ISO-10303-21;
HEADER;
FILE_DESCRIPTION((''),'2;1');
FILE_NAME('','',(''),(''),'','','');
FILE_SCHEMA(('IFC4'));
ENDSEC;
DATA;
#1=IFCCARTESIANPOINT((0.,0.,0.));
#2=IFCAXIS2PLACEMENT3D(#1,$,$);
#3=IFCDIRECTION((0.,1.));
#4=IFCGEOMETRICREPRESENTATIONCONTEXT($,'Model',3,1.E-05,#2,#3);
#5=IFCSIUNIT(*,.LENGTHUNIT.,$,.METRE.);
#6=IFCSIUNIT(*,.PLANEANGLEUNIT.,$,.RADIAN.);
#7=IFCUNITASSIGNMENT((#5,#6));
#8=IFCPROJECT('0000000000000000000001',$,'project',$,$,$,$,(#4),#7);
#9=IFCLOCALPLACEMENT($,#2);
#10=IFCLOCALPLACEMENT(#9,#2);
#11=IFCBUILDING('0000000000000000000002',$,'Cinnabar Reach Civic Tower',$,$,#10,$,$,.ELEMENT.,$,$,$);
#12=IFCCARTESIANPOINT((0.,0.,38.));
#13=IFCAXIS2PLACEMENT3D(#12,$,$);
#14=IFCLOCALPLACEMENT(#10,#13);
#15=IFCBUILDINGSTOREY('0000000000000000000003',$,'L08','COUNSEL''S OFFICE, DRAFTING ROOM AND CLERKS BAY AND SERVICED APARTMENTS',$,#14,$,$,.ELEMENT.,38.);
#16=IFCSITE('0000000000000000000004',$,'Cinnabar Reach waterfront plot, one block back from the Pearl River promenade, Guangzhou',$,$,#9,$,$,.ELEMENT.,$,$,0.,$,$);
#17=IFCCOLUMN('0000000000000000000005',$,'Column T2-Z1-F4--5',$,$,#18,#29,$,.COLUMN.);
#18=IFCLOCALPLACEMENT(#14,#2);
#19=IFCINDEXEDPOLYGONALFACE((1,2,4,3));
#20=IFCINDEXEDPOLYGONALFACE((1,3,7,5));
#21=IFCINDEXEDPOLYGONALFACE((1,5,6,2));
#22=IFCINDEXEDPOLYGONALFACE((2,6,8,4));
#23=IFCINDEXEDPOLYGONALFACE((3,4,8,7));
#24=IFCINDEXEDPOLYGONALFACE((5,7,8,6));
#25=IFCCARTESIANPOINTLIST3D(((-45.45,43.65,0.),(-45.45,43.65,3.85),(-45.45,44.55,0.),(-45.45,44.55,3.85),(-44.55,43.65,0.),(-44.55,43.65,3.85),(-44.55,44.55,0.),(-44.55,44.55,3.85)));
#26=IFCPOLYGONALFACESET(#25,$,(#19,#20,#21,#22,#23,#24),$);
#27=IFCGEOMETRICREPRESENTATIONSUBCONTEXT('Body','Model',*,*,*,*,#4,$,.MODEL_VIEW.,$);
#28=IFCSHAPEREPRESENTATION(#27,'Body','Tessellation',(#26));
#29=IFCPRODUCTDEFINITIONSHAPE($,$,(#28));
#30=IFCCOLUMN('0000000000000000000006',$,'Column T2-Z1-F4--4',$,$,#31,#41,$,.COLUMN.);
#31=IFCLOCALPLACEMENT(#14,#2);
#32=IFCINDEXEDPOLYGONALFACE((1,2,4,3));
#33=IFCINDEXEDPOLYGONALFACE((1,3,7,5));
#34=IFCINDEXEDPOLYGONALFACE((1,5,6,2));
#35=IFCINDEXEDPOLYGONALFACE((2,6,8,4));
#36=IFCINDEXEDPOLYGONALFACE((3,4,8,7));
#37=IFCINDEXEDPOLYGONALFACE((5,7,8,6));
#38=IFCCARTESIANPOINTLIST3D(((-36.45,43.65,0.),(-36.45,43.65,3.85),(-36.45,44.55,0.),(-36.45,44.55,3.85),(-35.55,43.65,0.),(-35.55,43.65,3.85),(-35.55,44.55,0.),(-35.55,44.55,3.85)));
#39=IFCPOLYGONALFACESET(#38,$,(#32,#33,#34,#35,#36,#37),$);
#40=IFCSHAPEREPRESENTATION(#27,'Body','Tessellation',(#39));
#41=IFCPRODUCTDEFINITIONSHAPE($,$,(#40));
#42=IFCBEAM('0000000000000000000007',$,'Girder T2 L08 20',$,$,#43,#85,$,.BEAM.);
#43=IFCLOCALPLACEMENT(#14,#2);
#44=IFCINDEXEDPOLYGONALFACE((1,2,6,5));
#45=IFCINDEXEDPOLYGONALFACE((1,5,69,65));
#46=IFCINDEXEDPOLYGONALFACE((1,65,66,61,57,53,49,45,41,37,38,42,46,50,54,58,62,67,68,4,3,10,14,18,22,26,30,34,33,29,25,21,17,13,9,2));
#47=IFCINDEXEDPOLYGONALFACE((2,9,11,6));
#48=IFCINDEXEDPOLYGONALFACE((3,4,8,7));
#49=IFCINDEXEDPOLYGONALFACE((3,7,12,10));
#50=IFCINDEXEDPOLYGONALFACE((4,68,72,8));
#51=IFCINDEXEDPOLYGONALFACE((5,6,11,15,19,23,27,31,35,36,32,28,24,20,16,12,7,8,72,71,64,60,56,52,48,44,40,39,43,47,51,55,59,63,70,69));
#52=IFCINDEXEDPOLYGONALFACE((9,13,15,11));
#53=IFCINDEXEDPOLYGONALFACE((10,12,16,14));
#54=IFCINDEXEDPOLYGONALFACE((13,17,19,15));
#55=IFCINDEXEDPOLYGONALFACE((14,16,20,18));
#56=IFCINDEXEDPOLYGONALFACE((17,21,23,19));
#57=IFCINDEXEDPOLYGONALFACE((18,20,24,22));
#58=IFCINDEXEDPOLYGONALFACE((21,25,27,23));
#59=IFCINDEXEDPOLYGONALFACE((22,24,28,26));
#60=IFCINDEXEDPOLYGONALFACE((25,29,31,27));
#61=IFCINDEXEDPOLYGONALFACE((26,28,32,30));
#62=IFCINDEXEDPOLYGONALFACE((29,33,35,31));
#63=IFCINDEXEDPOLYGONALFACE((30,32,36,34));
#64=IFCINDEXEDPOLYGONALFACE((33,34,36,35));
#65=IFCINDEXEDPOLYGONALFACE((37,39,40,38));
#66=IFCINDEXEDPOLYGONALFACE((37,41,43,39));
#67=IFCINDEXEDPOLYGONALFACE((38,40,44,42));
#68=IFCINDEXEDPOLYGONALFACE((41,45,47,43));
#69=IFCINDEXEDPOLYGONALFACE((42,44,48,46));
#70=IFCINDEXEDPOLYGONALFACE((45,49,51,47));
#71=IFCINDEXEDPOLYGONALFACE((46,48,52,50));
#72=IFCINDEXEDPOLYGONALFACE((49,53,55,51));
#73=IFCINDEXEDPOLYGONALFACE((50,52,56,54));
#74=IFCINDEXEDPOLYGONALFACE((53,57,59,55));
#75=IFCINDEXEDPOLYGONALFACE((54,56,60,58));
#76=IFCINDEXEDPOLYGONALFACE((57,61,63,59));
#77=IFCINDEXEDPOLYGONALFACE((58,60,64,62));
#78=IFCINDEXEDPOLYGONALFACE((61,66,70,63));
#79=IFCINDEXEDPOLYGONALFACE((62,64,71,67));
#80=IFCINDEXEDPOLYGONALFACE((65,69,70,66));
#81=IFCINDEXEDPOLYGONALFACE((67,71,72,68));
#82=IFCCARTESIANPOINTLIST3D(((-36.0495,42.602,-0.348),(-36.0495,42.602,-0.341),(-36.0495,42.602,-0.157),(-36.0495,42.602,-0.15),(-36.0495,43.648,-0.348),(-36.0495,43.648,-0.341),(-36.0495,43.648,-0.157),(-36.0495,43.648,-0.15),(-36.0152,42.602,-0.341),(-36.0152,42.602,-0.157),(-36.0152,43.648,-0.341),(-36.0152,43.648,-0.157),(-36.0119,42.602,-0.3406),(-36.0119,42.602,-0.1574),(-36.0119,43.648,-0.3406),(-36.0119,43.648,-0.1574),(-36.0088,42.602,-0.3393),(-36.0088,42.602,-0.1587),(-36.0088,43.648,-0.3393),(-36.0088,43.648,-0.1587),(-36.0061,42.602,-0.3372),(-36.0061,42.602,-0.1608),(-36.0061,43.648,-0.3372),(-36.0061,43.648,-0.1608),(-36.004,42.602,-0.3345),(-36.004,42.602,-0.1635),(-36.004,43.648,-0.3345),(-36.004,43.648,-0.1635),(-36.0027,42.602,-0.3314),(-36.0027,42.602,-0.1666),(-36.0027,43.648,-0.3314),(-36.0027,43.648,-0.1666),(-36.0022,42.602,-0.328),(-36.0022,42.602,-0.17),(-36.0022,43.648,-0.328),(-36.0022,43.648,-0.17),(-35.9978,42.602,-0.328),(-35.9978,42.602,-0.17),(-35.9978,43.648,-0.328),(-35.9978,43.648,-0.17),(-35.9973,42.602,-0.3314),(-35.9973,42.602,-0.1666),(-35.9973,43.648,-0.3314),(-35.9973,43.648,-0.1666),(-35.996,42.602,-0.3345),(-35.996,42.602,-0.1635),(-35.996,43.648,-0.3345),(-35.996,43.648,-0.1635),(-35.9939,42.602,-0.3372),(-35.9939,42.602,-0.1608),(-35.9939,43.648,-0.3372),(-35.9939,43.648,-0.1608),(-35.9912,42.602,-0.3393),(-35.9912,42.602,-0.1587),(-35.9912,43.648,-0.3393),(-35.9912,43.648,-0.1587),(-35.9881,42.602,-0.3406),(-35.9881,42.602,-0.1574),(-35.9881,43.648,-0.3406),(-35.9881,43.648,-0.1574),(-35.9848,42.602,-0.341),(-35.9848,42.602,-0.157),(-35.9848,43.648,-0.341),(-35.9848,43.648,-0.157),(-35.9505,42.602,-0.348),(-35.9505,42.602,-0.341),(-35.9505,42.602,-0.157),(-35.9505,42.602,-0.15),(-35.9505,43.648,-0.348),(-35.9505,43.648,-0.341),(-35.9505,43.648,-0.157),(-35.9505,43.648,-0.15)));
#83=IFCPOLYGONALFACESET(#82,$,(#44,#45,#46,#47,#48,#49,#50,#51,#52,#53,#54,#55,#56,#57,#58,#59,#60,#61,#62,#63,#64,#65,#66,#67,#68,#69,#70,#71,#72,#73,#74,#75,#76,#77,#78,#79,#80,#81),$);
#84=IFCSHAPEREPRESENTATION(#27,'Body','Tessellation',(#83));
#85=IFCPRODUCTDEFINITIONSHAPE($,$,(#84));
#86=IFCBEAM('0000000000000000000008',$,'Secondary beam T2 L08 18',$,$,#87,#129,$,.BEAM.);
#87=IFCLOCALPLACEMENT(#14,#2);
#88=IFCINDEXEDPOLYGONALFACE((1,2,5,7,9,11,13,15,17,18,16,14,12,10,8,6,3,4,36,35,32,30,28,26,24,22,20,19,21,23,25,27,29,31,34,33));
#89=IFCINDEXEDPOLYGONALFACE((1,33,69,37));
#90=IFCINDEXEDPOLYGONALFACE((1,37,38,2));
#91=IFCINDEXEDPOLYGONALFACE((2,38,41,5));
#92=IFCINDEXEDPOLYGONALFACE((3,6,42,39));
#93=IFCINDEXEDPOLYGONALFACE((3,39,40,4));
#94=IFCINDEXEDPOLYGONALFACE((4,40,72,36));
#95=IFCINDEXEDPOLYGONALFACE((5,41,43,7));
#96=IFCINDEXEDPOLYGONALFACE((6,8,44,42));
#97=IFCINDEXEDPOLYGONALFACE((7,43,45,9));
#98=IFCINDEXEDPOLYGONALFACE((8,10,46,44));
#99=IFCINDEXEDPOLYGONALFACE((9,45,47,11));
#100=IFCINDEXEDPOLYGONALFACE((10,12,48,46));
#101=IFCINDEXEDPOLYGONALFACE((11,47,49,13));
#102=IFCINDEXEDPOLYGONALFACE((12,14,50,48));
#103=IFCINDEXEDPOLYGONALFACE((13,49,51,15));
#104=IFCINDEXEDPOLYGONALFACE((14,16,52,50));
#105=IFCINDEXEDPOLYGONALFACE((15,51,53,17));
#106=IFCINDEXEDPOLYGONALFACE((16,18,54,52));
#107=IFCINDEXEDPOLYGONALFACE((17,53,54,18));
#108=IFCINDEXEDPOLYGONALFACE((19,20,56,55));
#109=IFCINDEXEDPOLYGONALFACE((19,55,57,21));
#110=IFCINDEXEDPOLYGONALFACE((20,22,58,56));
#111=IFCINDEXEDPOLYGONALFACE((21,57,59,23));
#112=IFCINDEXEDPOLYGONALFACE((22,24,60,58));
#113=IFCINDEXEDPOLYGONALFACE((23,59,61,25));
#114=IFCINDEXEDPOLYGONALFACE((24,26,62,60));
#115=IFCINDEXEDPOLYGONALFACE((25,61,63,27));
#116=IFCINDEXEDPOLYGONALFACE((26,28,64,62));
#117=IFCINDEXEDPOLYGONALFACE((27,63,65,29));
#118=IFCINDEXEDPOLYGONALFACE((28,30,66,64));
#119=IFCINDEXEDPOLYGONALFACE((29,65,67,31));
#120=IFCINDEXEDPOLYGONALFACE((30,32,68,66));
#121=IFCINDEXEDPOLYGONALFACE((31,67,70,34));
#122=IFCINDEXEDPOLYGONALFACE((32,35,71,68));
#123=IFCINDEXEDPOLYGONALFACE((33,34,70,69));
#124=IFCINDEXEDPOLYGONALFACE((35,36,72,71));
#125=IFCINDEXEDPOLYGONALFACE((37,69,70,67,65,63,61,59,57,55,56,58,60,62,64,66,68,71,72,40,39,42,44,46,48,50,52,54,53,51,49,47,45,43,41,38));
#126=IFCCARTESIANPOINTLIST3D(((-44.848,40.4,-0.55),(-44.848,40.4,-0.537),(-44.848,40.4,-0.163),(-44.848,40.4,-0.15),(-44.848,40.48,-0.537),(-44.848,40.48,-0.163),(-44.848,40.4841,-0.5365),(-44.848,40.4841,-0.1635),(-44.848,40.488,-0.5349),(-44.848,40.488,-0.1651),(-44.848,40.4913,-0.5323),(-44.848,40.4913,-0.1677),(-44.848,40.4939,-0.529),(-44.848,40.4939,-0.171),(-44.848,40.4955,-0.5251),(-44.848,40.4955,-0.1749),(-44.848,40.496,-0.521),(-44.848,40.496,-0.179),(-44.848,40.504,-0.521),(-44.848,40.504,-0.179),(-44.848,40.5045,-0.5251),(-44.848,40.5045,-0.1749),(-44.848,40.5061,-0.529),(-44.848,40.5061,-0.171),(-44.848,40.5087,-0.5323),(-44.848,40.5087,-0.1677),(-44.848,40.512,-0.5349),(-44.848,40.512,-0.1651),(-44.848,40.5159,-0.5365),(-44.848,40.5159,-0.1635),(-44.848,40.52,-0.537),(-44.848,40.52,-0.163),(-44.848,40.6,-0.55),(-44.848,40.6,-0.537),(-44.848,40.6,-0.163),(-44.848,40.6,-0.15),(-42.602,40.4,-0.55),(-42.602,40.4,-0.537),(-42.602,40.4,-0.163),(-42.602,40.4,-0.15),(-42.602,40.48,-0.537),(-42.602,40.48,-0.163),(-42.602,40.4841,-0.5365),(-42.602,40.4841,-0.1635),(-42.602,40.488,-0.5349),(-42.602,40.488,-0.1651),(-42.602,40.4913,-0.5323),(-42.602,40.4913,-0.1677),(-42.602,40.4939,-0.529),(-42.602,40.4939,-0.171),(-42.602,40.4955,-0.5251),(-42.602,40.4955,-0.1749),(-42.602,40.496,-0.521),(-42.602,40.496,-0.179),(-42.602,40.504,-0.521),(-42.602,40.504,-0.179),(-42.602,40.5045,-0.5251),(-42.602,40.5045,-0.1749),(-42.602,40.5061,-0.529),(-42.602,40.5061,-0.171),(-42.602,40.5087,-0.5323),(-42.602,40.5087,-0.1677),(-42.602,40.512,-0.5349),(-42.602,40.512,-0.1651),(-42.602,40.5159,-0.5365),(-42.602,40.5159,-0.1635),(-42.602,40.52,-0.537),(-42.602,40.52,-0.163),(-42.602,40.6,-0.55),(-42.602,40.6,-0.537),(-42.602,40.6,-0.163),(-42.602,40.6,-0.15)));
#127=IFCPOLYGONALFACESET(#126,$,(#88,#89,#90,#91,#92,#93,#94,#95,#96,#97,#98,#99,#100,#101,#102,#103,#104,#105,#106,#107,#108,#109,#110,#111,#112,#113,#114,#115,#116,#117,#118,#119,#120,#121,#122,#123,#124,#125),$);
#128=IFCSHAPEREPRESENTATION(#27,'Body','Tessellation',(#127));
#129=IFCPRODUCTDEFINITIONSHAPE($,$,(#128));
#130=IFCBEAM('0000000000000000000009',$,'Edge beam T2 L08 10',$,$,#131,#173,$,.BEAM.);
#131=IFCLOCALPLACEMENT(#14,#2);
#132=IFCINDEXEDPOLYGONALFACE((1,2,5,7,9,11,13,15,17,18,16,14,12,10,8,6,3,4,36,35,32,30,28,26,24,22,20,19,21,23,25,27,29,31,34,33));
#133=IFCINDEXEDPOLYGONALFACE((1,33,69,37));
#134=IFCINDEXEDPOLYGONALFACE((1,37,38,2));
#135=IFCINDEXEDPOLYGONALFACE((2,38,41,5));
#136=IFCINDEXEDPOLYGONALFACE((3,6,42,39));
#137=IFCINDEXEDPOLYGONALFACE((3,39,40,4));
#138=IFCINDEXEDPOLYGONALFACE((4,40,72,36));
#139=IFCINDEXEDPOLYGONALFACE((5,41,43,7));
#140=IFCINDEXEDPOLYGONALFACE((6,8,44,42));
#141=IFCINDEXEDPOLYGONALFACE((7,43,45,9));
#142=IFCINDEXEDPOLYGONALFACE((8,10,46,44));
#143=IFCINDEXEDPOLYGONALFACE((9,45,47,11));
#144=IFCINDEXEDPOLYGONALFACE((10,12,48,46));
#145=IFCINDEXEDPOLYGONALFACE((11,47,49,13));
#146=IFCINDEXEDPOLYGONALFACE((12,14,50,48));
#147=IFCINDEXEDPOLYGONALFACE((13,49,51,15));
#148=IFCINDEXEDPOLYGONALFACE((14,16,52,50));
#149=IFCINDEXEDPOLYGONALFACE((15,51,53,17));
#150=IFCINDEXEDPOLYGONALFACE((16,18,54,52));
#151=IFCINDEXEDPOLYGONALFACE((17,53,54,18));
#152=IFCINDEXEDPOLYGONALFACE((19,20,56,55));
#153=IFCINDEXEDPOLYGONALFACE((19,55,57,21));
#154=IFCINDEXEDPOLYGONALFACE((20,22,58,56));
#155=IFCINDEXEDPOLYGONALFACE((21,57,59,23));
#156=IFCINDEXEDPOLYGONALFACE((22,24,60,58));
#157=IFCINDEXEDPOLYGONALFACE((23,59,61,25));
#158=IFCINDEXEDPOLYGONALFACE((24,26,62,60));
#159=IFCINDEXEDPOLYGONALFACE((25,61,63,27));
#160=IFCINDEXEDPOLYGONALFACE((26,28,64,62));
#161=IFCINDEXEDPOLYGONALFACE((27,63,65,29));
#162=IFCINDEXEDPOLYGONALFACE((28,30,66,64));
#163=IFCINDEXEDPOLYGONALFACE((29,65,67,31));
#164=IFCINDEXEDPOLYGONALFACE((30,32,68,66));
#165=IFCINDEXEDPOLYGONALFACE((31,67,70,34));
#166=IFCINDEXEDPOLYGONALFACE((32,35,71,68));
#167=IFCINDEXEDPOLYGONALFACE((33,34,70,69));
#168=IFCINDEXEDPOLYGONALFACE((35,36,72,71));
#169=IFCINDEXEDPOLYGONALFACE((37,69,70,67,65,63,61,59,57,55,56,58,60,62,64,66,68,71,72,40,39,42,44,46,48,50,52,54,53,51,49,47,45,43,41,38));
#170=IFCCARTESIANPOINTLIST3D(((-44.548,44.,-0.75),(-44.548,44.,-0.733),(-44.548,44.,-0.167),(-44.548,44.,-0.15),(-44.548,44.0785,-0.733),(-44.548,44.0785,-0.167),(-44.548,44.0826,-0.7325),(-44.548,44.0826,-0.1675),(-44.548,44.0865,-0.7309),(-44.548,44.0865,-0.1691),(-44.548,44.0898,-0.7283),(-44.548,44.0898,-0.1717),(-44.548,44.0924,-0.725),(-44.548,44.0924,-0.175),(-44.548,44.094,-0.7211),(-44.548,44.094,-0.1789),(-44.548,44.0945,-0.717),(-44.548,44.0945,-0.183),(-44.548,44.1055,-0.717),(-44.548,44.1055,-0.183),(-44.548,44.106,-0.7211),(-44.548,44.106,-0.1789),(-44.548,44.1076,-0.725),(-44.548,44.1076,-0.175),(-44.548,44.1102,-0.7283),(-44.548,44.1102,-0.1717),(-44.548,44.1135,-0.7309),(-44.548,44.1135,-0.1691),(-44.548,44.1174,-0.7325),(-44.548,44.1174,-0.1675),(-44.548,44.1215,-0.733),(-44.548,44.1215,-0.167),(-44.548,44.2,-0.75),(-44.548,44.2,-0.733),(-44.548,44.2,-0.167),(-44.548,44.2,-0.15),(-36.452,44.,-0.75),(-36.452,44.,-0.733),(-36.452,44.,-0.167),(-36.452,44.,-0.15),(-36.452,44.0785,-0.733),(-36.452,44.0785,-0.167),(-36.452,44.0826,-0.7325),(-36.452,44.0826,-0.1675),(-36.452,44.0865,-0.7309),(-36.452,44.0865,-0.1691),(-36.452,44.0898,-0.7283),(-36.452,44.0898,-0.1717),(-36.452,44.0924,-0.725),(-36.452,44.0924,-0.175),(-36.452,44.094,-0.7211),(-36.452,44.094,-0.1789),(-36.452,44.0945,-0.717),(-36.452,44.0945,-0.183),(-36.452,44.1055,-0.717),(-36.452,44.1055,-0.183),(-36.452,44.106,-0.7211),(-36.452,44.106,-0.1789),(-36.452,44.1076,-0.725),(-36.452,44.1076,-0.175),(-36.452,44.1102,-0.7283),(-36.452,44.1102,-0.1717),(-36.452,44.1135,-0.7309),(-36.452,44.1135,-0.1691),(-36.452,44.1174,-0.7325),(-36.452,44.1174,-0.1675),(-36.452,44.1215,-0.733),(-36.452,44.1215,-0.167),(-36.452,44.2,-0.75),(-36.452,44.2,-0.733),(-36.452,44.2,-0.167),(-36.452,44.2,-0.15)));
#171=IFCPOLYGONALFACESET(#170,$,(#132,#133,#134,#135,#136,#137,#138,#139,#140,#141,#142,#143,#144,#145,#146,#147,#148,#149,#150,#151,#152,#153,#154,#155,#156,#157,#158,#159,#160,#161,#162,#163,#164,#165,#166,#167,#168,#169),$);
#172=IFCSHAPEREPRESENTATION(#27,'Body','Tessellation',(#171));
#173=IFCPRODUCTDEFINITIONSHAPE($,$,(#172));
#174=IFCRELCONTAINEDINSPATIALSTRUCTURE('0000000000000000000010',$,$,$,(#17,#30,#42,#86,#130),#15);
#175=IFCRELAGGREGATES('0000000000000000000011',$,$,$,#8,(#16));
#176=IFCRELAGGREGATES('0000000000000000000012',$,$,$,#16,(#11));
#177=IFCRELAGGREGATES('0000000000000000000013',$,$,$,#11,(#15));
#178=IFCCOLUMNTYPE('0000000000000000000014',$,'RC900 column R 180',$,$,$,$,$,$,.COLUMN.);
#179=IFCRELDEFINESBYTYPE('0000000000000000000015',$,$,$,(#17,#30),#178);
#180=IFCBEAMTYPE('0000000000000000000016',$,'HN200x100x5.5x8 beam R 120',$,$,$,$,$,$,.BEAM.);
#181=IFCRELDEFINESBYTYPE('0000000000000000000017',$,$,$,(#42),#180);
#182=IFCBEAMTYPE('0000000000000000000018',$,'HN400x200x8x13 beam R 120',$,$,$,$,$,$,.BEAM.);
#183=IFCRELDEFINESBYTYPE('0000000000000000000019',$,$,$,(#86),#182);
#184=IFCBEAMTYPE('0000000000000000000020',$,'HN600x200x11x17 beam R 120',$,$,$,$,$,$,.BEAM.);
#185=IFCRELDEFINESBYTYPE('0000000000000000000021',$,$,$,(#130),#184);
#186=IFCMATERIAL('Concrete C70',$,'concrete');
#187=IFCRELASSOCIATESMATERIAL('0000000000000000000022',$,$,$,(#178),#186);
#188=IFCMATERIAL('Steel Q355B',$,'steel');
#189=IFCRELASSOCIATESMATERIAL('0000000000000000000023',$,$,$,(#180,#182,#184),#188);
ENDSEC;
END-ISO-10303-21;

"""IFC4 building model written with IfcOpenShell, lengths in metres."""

from ifc_helpers import new_model, si_unit, direction, frame, origin, origin_2d, place, context, subcontext, project, spatial, rectangle, i_section, extrude, material, material_profile, profile_set, type_object, element, save


model = new_model("IFC4")

# Units and contexts
model_context = context("Model", 3, precision=1e-05, world=origin(), true_north=direction((0.0, 1.0)))
body_context = subcontext(model_context, "Body", "Model", "MODEL_VIEW")
ifc_project = project(units=[si_unit("LENGTHUNIT", "METRE"), si_unit("PLANEANGLEUNIT", "RADIAN")], contexts=[model_context])

# Site, building, storey
site_placement = place(None, origin())
site = spatial("IfcSite", under=ifc_project, at=site_placement, Name="Cinnabar Reach waterfront plot, one block back from the Pearl River promenade, Guangzhou", CompositionType="ELEMENT", RefElevation=0.0)
building_placement = place(site_placement, origin())
building = spatial("IfcBuilding", under=site, at=building_placement, Name="Cinnabar Reach Civic Tower", CompositionType="ELEMENT")
storey_placement = place(building_placement, frame((0.0, 0.0, 38.0)))
storey = spatial("IfcBuildingStorey", under=building, at=storey_placement, Name="L08", Description="COUNSEL'S OFFICE, DRAFTING ROOM AND CLERKS BAY AND SERVICED APARTMENTS", CompositionType="ELEMENT", Elevation=38.0)

# Columns
ifc_material_1 = material(Name="Concrete C70", Category="concrete")
ifc_material_profile_1 = material_profile(ifc_material_1, rectangle(XDim=0.9, YDim=0.9, at=origin_2d()), Name="RC900")
ifc_profile_set_1 = profile_set([ifc_material_profile_1], Name="Concrete C70")
column_type = type_object("IfcColumnType", Name="RC900 column R 180", PredefinedType="COLUMN", material=ifc_profile_set_1)
for number, where, z_axis, x_axis, name in (
    (1, (-45.0, 44.1, 0.0), (0.0, 0.0, 1.0), (1.0, 0.0, 0.0), "Column T2-Z1-F4--5"),
    (2, (-36.0, 44.1, 0.0), (0.0, 0.0, 1.0), (1.0, 0.0, 0.0), "Column T2-Z1-F4--4"),
):
    element("IfcColumn", number, at=place(storey_placement, frame(where, z_axis=z_axis, x_axis=x_axis)), inside=storey, type_object=column_type, Name=name, PredefinedType="COLUMN", context=body_context, shape_type="SweptSolid", body=[
        extrude(rectangle(XDim=0.9, YDim=0.9, at=origin_2d()), origin(), (0.0, 0.0, 1.0), 3.85),
    ])

# Beams
ifc_material_2 = material(Name="Steel Q355B", Category="steel")
ifc_material_profile_2 = material_profile(ifc_material_2, i_section(OverallWidth=0.099, OverallDepth=0.198, WebThickness=0.0045, FlangeThickness=0.007, FilletRadius=0.013, at=origin_2d()), Name="HN200x100x5.5x8")
ifc_profile_set_2 = profile_set([ifc_material_profile_2], Name="Steel Q355B")
beam_type_1 = type_object("IfcBeamType", Name="HN200x100x5.5x8 beam R 120", PredefinedType="BEAM", material=ifc_profile_set_2)
beam_1_placement = place(storey_placement, frame((-36.0, 42.602, -0.249), z_axis=(0.0, 1.0, 0.0), x_axis=(-1.0, 0.0, 0.0)))
element("IfcBeam", 3, at=beam_1_placement, inside=storey, type_object=beam_type_1, Name="Girder T2 L08 20", PredefinedType="BEAM", context=body_context, shape_type="SweptSolid", body=[
    extrude(i_section(OverallWidth=0.099, OverallDepth=0.198, WebThickness=0.0045, FlangeThickness=0.007, FilletRadius=0.013, at=origin_2d()), origin(), (0.0, 0.0, 1.0), 1.046),
])
ifc_material_profile_3 = material_profile(ifc_material_2, i_section(OverallWidth=0.2, OverallDepth=0.4, WebThickness=0.008, FlangeThickness=0.013, FilletRadius=0.016, at=origin_2d()), Name="HN400x200x8x13")
ifc_profile_set_3 = profile_set([ifc_material_profile_3], Name="Steel Q355B")
beam_type_2 = type_object("IfcBeamType", Name="HN400x200x8x13 beam R 120", PredefinedType="BEAM", material=ifc_profile_set_3)
beam_2_placement = place(storey_placement, frame((-44.848, 40.5, -0.35), z_axis=(1.0, 0.0, 0.0), x_axis=(0.0, 1.0, 0.0)))
element("IfcBeam", 4, at=beam_2_placement, inside=storey, type_object=beam_type_2, Name="Secondary beam T2 L08 18", PredefinedType="BEAM", context=body_context, shape_type="SweptSolid", body=[
    extrude(i_section(OverallWidth=0.2, OverallDepth=0.4, WebThickness=0.008, FlangeThickness=0.013, FilletRadius=0.016, at=origin_2d()), origin(), (0.0, 0.0, 1.0), 2.246),
])
ifc_material_profile_4 = material_profile(ifc_material_2, i_section(OverallWidth=0.2, OverallDepth=0.6, WebThickness=0.011, FlangeThickness=0.017, FilletRadius=0.016, at=origin_2d()), Name="HN600x200x11x17")
ifc_profile_set_4 = profile_set([ifc_material_profile_4], Name="Steel Q355B")
beam_type_3 = type_object("IfcBeamType", Name="HN600x200x11x17 beam R 120", PredefinedType="BEAM", material=ifc_profile_set_4)
for number, where, z_axis, x_axis, name in (
    (5, (-36.452, 44.1, -0.45), (-1.0, 0.0, 0.0), (0.0, -1.0, 0.0), "Edge beam T2 L08 10"),
):
    element("IfcBeam", number, at=place(storey_placement, frame(where, z_axis=z_axis, x_axis=x_axis)), inside=storey, type_object=beam_type_3, Name=name, PredefinedType="BEAM", context=body_context, shape_type="SweptSolid", body=[
        extrude(i_section(OverallWidth=0.2, OverallDepth=0.6, WebThickness=0.011, FlangeThickness=0.017, FilletRadius=0.016, at=origin_2d()), origin(), (0.0, 0.0, 1.0), 8.096),
    ])

save(model, "model.ifc")
